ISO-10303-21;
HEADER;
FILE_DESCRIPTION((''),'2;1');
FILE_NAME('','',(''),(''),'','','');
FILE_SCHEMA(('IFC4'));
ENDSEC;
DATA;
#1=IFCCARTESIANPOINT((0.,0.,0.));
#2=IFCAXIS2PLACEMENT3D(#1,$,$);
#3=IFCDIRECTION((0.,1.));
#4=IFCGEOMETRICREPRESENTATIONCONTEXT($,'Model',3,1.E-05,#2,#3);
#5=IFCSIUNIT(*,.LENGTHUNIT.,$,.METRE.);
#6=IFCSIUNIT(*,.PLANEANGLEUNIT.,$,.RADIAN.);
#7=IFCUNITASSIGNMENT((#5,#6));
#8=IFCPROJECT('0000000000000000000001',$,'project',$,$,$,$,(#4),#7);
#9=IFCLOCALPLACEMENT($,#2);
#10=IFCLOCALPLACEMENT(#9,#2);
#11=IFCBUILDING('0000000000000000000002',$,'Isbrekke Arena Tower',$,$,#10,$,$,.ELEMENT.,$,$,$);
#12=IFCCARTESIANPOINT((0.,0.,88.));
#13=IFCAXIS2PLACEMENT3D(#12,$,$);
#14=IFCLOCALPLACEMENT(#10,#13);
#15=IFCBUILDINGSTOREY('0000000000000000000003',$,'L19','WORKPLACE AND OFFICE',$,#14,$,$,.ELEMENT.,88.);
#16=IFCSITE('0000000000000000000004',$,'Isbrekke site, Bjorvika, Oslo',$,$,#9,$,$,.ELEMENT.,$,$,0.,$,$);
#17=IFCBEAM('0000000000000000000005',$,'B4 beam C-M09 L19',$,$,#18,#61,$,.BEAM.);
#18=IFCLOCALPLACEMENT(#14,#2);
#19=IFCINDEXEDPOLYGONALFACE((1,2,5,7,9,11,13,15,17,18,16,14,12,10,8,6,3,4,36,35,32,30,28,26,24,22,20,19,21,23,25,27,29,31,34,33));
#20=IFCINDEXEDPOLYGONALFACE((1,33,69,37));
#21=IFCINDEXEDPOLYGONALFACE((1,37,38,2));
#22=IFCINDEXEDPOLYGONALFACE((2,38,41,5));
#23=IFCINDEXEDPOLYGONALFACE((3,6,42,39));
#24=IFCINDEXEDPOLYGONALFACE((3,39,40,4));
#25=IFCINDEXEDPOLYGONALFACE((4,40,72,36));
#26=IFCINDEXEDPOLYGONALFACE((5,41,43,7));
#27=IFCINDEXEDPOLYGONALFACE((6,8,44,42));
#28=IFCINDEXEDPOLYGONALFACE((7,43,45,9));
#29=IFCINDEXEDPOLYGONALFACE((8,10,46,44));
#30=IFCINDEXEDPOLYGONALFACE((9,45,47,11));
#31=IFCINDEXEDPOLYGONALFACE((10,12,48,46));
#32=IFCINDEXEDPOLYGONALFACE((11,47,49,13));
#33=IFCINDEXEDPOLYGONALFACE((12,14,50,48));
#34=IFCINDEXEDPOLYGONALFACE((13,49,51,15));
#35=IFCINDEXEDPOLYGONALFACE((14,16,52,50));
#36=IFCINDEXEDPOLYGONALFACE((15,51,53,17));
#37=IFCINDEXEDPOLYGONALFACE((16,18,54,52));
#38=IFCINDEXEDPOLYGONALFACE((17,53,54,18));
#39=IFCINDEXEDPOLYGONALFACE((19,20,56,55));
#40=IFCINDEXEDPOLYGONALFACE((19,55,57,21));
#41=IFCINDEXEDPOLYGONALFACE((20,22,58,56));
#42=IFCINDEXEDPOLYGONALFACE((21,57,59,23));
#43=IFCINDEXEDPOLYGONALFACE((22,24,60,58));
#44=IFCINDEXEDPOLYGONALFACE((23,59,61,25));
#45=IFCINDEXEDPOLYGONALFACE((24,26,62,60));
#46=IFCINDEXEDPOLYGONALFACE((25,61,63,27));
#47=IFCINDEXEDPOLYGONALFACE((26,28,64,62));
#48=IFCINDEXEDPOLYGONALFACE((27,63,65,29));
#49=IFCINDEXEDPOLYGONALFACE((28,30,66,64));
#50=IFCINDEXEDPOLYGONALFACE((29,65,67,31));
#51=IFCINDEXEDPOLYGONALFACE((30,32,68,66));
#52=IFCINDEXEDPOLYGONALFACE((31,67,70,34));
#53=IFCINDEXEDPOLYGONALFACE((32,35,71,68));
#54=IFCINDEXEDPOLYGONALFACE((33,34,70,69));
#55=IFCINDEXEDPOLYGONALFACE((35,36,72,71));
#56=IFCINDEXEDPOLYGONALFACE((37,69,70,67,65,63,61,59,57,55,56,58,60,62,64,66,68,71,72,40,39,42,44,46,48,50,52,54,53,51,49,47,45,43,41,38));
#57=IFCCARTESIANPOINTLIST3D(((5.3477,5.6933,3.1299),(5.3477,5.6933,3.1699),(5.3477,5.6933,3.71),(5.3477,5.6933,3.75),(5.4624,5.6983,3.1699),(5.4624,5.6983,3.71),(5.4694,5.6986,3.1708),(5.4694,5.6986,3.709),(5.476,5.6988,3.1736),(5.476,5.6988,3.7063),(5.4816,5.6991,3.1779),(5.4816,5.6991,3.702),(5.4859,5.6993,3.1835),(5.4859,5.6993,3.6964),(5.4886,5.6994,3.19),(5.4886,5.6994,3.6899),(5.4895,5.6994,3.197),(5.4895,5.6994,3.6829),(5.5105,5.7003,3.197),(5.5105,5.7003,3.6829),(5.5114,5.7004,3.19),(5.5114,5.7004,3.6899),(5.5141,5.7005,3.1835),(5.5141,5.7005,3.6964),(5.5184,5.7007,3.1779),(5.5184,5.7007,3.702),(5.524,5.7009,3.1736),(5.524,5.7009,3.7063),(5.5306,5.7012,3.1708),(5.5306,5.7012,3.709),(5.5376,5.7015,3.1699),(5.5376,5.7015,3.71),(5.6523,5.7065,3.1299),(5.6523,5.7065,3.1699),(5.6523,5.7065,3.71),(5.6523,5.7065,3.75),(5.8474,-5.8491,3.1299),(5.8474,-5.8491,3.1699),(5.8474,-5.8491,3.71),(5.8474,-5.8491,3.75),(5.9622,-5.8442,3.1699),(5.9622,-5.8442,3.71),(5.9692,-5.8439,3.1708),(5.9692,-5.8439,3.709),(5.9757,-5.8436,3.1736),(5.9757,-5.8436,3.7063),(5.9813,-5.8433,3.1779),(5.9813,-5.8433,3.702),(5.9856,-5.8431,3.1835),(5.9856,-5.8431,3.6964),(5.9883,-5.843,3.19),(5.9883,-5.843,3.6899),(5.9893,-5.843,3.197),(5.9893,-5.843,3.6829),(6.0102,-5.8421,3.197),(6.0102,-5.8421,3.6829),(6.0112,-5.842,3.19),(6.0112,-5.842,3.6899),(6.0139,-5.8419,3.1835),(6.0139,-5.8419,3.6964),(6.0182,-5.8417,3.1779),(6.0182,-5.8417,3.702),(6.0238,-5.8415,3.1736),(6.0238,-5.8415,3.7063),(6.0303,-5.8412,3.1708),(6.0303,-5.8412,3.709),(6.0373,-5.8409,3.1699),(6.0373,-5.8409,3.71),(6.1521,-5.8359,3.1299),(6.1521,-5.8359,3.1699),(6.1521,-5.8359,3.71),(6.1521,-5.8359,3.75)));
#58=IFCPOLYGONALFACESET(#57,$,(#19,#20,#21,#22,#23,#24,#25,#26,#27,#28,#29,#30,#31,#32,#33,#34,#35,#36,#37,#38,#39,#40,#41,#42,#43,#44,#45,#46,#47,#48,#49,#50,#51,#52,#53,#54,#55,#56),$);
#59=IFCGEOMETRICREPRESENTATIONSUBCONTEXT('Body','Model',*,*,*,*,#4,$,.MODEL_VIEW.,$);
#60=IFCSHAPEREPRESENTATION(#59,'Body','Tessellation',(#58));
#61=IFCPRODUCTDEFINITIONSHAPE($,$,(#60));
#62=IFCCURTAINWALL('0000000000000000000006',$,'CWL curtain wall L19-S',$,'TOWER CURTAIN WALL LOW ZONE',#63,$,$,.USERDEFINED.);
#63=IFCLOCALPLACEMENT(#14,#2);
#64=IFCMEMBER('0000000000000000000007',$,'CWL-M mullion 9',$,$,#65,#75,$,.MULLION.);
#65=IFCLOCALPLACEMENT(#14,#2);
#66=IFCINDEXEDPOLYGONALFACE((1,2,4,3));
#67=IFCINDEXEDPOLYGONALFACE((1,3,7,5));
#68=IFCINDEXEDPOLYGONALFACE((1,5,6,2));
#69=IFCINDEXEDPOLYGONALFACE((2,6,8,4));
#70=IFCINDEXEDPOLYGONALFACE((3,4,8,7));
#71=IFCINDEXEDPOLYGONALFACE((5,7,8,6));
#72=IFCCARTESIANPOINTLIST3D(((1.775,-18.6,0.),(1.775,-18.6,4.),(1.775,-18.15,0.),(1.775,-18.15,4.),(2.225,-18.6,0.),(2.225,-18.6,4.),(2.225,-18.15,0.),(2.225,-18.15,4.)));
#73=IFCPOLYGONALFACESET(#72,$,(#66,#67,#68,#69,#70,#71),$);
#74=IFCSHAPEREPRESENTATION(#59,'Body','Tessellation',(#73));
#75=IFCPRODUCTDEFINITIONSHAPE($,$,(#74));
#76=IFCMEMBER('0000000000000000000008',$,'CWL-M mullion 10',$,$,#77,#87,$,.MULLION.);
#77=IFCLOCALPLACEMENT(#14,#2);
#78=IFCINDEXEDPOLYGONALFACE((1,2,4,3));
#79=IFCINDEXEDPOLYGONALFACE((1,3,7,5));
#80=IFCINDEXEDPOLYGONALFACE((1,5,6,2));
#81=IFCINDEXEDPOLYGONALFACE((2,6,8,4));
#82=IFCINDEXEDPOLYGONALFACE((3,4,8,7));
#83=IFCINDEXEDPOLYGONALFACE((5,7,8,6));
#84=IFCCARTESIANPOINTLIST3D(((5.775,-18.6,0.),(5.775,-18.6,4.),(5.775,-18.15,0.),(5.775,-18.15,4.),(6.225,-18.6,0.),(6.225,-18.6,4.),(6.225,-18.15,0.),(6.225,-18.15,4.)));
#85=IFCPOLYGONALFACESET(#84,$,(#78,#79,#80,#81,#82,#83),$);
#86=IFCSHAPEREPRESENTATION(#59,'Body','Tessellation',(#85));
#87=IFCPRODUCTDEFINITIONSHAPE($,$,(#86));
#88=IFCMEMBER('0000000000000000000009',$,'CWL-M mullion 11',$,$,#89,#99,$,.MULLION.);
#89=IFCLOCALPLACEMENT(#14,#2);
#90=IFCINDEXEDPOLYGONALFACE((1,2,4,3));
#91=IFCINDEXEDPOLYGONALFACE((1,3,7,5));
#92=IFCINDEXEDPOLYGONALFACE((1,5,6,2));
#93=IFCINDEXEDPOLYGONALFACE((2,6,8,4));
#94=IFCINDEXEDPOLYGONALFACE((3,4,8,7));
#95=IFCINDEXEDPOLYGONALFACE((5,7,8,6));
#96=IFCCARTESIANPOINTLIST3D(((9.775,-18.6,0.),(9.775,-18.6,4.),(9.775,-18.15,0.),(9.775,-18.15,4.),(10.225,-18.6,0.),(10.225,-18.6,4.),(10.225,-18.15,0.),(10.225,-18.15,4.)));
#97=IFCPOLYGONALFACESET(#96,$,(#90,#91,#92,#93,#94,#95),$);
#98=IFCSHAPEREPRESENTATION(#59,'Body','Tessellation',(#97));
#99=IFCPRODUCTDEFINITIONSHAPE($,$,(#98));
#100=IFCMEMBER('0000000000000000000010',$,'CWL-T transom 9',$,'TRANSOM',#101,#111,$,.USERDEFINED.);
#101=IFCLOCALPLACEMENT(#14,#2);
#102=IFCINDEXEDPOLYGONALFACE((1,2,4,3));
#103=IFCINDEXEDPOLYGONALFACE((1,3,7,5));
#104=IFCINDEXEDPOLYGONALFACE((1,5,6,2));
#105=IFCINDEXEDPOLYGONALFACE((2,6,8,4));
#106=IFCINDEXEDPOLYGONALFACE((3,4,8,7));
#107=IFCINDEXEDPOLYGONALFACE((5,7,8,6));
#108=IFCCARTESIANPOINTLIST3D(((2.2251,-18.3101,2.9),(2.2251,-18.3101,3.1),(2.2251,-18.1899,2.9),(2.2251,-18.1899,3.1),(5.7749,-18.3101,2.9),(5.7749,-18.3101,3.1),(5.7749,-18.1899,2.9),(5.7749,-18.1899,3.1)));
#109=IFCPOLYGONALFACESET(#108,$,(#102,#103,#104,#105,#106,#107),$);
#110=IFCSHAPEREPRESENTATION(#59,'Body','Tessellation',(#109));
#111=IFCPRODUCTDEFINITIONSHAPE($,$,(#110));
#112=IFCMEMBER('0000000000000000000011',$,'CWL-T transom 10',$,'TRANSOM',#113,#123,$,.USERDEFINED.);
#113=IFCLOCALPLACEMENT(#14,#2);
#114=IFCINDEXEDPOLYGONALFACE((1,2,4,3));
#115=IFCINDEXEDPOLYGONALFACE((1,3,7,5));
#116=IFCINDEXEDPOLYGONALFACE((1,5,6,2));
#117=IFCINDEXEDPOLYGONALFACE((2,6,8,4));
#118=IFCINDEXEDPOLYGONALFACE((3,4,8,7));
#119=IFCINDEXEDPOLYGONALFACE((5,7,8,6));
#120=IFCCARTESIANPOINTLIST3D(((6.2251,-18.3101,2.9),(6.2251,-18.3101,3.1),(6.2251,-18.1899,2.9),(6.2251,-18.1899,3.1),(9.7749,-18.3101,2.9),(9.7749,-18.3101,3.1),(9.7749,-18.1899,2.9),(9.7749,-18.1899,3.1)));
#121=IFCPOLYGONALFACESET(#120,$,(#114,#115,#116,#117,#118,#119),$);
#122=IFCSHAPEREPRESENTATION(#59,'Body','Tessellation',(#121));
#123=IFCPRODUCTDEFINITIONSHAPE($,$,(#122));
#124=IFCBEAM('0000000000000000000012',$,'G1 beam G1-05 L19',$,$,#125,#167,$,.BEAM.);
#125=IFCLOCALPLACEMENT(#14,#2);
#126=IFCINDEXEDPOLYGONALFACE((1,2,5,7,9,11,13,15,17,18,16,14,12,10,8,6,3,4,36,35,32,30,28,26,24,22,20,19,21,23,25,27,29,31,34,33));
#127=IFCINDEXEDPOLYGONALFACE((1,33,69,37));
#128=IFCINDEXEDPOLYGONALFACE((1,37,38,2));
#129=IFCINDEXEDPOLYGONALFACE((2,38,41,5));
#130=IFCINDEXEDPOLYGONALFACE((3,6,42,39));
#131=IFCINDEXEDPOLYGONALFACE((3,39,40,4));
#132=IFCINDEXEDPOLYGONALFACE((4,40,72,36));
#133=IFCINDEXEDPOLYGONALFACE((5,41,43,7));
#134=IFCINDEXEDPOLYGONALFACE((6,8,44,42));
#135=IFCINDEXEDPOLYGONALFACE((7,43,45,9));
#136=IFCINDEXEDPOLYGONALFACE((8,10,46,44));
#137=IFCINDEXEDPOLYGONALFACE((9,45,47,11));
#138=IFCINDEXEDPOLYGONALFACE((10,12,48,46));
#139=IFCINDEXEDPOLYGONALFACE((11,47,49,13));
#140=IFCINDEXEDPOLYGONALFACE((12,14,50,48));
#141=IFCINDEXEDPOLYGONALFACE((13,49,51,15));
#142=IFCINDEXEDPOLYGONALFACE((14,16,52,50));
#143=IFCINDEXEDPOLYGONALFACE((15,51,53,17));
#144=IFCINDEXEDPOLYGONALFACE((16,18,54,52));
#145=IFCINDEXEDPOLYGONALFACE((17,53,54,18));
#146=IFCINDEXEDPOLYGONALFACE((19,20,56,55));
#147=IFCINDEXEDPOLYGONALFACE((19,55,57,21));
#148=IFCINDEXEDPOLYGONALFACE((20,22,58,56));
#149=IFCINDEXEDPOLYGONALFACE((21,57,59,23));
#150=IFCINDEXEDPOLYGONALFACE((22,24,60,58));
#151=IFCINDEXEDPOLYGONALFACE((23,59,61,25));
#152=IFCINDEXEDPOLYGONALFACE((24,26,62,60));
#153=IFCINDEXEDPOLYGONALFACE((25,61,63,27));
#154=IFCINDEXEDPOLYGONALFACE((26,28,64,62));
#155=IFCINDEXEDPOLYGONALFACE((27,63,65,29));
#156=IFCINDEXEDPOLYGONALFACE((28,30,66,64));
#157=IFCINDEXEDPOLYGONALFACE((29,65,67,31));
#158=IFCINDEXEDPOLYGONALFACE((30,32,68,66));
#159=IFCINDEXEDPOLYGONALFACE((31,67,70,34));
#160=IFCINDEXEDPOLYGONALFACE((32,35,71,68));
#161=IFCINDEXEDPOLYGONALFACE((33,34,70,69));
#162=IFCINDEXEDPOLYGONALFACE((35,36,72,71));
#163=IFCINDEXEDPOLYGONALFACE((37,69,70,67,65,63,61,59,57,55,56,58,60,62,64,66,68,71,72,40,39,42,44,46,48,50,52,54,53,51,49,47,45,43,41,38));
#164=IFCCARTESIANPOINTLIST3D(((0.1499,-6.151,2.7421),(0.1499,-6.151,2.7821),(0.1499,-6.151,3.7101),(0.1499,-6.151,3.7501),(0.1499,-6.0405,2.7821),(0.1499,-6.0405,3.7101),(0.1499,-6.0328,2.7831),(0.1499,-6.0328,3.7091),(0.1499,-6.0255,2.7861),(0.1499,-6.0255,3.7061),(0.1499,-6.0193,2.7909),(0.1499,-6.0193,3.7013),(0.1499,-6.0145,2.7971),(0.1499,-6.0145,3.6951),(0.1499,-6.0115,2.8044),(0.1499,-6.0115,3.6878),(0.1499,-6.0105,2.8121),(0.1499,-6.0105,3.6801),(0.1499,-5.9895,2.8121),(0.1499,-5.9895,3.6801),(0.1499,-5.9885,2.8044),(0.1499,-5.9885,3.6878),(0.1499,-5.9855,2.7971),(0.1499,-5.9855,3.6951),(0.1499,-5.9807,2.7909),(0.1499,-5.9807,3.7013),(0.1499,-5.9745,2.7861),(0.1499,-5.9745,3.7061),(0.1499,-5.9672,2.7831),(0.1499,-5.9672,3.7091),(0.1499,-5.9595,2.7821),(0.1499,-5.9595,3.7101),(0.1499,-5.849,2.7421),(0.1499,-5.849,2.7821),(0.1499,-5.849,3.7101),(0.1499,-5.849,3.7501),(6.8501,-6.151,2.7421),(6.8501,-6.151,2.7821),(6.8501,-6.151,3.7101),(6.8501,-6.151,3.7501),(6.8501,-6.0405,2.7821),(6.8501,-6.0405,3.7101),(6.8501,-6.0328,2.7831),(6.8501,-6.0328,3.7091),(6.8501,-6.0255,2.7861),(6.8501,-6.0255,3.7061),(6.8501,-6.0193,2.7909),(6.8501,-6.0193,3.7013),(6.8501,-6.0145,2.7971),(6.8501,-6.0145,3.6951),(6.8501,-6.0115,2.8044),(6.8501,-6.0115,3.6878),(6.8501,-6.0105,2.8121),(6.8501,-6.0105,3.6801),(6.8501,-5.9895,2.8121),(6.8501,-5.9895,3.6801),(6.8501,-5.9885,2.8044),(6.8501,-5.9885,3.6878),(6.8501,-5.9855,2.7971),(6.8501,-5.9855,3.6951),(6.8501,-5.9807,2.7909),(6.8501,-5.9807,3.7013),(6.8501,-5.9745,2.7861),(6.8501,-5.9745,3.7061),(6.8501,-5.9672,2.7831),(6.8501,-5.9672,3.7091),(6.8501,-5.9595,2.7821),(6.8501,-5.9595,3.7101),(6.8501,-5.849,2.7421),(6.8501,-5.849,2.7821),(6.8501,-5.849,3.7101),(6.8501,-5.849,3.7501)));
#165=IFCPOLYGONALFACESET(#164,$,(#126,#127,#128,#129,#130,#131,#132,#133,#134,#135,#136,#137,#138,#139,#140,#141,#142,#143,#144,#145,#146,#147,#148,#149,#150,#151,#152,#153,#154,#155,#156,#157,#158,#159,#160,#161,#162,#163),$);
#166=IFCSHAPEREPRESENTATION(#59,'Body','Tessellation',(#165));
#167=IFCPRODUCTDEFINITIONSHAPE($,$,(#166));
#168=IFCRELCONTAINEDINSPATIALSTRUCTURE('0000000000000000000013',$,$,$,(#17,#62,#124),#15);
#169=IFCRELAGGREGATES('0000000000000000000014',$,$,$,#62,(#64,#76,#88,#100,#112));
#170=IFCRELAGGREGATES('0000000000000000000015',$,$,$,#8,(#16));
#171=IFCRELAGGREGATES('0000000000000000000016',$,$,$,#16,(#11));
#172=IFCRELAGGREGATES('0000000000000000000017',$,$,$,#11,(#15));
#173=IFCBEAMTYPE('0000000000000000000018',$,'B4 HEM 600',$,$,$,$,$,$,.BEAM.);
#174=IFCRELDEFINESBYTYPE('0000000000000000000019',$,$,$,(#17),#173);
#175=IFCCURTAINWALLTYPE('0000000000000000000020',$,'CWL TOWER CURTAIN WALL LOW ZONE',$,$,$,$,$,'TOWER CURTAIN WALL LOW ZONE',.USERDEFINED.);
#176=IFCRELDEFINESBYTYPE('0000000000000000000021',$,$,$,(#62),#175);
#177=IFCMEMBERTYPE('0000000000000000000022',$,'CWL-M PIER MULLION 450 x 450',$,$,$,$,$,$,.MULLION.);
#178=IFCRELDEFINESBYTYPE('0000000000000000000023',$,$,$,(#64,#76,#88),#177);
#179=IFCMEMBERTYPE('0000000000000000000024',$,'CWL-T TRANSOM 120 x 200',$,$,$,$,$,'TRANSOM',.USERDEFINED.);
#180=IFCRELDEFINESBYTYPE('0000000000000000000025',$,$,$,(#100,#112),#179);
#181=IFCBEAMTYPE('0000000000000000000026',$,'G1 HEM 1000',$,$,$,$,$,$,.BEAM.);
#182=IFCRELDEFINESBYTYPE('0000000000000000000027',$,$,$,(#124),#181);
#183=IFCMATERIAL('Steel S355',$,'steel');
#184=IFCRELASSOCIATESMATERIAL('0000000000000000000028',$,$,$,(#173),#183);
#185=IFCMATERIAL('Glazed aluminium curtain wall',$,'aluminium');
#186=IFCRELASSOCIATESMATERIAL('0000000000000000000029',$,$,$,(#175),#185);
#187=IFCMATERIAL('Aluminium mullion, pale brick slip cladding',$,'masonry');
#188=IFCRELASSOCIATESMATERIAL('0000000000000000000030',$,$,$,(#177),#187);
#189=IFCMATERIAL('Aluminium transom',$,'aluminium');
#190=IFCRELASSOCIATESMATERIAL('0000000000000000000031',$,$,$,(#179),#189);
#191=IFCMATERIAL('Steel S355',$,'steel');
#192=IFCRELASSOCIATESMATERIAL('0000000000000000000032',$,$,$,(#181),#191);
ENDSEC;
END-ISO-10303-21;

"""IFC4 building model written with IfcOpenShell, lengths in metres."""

from ifc_helpers import new_model, si_unit, direction, frame, origin, origin_2d, place, context, subcontext, project, spatial, rectangle, i_section, extrude, material, material_profile, profile_set, type_object, element, aggregate, save


model = new_model("IFC4")

# Units and contexts
model_context = context("Model", 3, precision=1e-05, world=origin(), true_north=direction((0.0, 1.0)))
body_context = subcontext(model_context, "Body", "Model", "MODEL_VIEW")
ifc_project = project(units=[si_unit("LENGTHUNIT", "METRE"), si_unit("PLANEANGLEUNIT", "RADIAN")], contexts=[model_context])

# Site, building, storey
site_placement = place(None, origin())
site = spatial("IfcSite", under=ifc_project, at=site_placement, Name="Isbrekke site, Bjorvika, Oslo", CompositionType="ELEMENT", RefElevation=0.0)
building_placement = place(site_placement, origin())
building = spatial("IfcBuilding", under=site, at=building_placement, Name="Isbrekke Arena Tower", CompositionType="ELEMENT")
storey_placement = place(building_placement, frame((0.0, 0.0, 88.0)))
storey = spatial("IfcBuildingStorey", under=building, at=storey_placement, Name="L19", Description="WORKPLACE AND OFFICE", CompositionType="ELEMENT", Elevation=88.0)

# Beam
ifc_material_1 = material(Name="Steel S355", Category="steel")
ifc_material_profile_1 = material_profile(ifc_material_1, i_section(OverallWidth=0.3049, OverallDepth=0.6201, WebThickness=0.021, FlangeThickness=0.04, FilletRadius=0.0271, at=origin_2d()), Name="HEM 600")
ifc_profile_set_1 = profile_set([ifc_material_profile_1], Name="Steel S355")
beam_type_1 = type_object("IfcBeamType", Name="B4 HEM 600", PredefinedType="BEAM", material=ifc_profile_set_1)
beam_1_placement = place(storey_placement, frame((5.9998, -5.8425, 3.4399), z_axis=(-0.043257, 0.999064, 0.0), x_axis=(-0.999064, -0.043257, 0.0)))
element("IfcBeam", 1, at=beam_1_placement, inside=storey, type_object=beam_type_1, Name="B4 beam C-M09 L19", PredefinedType="BEAM", context=body_context, shape_type="SweptSolid", body=[
    extrude(i_section(OverallWidth=0.3049, OverallDepth=0.6201, WebThickness=0.021, FlangeThickness=0.04, FilletRadius=0.0271, at=origin_2d()), origin(), (0.0, 0.0, 1.0), 11.5532),
])

# Curtain wall, members
ifc_material_2 = material(Name="Glazed aluminium curtain wall", Category="aluminium")
curtain_wall_type = type_object("IfcCurtainWallType", Name="CWL TOWER CURTAIN WALL LOW ZONE", ElementType="TOWER CURTAIN WALL LOW ZONE", PredefinedType="USERDEFINED", material=ifc_material_2)
curtain_wall_placement = place(storey_placement, origin())
curtain_wall = element("IfcCurtainWall", 2, at=curtain_wall_placement, inside=storey, type_object=curtain_wall_type, Name="CWL curtain wall L19-S", ObjectType="TOWER CURTAIN WALL LOW ZONE", PredefinedType="USERDEFINED")
ifc_material_3 = material(Name="Aluminium mullion, pale brick slip cladding", Category="masonry")
ifc_material_profile_2 = material_profile(ifc_material_3, rectangle(XDim=0.45, YDim=0.45, at=origin_2d()), Name="PIER 450X450")
ifc_profile_set_2 = profile_set([ifc_material_profile_2], Name="Aluminium mullion, pale brick slip cladding")
member_type_1 = type_object("IfcMemberType", Name="CWL-M PIER MULLION 450 x 450", PredefinedType="MULLION", material=ifc_profile_set_2)
member_1_placement = place(storey_placement, frame((2.0, -18.375, 0.0), z_axis=(0.0, 0.0, 1.0), x_axis=(1.0, 0.0, 0.0)))
member_1 = element("IfcMember", 3, at=member_1_placement, type_object=member_type_1, Name="CWL-M mullion 9", PredefinedType="MULLION", context=body_context, shape_type="SweptSolid", body=[
    extrude(rectangle(XDim=0.45, YDim=0.45, at=origin_2d()), origin(), (0.0, 0.0, 1.0), 4.0),
])
member_2_placement = place(storey_placement, frame((6.0, -18.375, 0.0), z_axis=(0.0, 0.0, 1.0), x_axis=(1.0, 0.0, 0.0)))
member_2 = element("IfcMember", 4, at=member_2_placement, type_object=member_type_1, Name="CWL-M mullion 10", PredefinedType="MULLION", context=body_context, shape_type="SweptSolid", body=[
    extrude(rectangle(XDim=0.45, YDim=0.45, at=origin_2d()), origin(), (0.0, 0.0, 1.0), 4.0),
])
member_3_placement = place(storey_placement, frame((10.0, -18.375, 0.0), z_axis=(0.0, 0.0, 1.0), x_axis=(1.0, 0.0, 0.0)))
member_3 = element("IfcMember", 5, at=member_3_placement, type_object=member_type_1, Name="CWL-M mullion 11", PredefinedType="MULLION", context=body_context, shape_type="SweptSolid", body=[
    extrude(rectangle(XDim=0.45, YDim=0.45, at=origin_2d()), origin(), (0.0, 0.0, 1.0), 4.0),
])
ifc_material_4 = material(Name="Aluminium transom", Category="aluminium")
ifc_material_profile_3 = material_profile(ifc_material_4, rectangle(XDim=0.1201, YDim=0.2, at=origin_2d()), Name="TRANSOM 120X200")
ifc_profile_set_3 = profile_set([ifc_material_profile_3], Name="Aluminium transom")
member_type_2 = type_object("IfcMemberType", Name="CWL-T TRANSOM 120 x 200", ElementType="TRANSOM", PredefinedType="USERDEFINED", material=ifc_profile_set_3)
member_4_placement = place(storey_placement, frame((2.2251, -18.25, 3.0), z_axis=(1.0, 0.0, 0.0), x_axis=(0.0, 1.0, 0.0)))
member_4 = element("IfcMember", 6, at=member_4_placement, type_object=member_type_2, Name="CWL-T transom 9", ObjectType="TRANSOM", PredefinedType="USERDEFINED", context=body_context, shape_type="SweptSolid", body=[
    extrude(rectangle(XDim=0.1201, YDim=0.2, at=origin_2d()), origin(), (0.0, 0.0, 1.0), 3.5498),
])
member_5_placement = place(storey_placement, frame((6.2251, -18.25, 3.0), z_axis=(1.0, 0.0, 0.0), x_axis=(0.0, 1.0, 0.0)))
member_5 = element("IfcMember", 7, at=member_5_placement, type_object=member_type_2, Name="CWL-T transom 10", ObjectType="TRANSOM", PredefinedType="USERDEFINED", context=body_context, shape_type="SweptSolid", body=[
    extrude(rectangle(XDim=0.1201, YDim=0.2, at=origin_2d()), origin(), (0.0, 0.0, 1.0), 3.5498),
])

# Beam
ifc_material_5 = material(Name="Steel S355", Category="steel")
ifc_material_profile_4 = material_profile(ifc_material_5, i_section(OverallWidth=0.302, OverallDepth=1.0081, WebThickness=0.021, FlangeThickness=0.04, FilletRadius=0.03, at=origin_2d()), Name="HEM 1000")
ifc_profile_set_4 = profile_set([ifc_material_profile_4], Name="Steel S355")
beam_type_2 = type_object("IfcBeamType", Name="G1 HEM 1000", PredefinedType="BEAM", material=ifc_profile_set_4)
for number, where, z_axis, x_axis, name in (
    (8, (0.1499, -6.0, 3.2461), (1.0, 0.0, 0.0), (0.0, 1.0, 0.0), "G1 beam G1-05 L19"),
):
    element("IfcBeam", number, at=place(storey_placement, frame(where, z_axis=z_axis, x_axis=x_axis)), inside=storey, type_object=beam_type_2, Name=name, PredefinedType="BEAM", context=body_context, shape_type="SweptSolid", body=[
        extrude(i_section(OverallWidth=0.302, OverallDepth=1.0081, WebThickness=0.021, FlangeThickness=0.04, FilletRadius=0.03, at=origin_2d()), origin(), (0.0, 0.0, 1.0), 6.7002),
    ])

aggregate(curtain_wall, [member_1, member_2, member_3, member_4, member_5])

save(model, "model.ifc")
